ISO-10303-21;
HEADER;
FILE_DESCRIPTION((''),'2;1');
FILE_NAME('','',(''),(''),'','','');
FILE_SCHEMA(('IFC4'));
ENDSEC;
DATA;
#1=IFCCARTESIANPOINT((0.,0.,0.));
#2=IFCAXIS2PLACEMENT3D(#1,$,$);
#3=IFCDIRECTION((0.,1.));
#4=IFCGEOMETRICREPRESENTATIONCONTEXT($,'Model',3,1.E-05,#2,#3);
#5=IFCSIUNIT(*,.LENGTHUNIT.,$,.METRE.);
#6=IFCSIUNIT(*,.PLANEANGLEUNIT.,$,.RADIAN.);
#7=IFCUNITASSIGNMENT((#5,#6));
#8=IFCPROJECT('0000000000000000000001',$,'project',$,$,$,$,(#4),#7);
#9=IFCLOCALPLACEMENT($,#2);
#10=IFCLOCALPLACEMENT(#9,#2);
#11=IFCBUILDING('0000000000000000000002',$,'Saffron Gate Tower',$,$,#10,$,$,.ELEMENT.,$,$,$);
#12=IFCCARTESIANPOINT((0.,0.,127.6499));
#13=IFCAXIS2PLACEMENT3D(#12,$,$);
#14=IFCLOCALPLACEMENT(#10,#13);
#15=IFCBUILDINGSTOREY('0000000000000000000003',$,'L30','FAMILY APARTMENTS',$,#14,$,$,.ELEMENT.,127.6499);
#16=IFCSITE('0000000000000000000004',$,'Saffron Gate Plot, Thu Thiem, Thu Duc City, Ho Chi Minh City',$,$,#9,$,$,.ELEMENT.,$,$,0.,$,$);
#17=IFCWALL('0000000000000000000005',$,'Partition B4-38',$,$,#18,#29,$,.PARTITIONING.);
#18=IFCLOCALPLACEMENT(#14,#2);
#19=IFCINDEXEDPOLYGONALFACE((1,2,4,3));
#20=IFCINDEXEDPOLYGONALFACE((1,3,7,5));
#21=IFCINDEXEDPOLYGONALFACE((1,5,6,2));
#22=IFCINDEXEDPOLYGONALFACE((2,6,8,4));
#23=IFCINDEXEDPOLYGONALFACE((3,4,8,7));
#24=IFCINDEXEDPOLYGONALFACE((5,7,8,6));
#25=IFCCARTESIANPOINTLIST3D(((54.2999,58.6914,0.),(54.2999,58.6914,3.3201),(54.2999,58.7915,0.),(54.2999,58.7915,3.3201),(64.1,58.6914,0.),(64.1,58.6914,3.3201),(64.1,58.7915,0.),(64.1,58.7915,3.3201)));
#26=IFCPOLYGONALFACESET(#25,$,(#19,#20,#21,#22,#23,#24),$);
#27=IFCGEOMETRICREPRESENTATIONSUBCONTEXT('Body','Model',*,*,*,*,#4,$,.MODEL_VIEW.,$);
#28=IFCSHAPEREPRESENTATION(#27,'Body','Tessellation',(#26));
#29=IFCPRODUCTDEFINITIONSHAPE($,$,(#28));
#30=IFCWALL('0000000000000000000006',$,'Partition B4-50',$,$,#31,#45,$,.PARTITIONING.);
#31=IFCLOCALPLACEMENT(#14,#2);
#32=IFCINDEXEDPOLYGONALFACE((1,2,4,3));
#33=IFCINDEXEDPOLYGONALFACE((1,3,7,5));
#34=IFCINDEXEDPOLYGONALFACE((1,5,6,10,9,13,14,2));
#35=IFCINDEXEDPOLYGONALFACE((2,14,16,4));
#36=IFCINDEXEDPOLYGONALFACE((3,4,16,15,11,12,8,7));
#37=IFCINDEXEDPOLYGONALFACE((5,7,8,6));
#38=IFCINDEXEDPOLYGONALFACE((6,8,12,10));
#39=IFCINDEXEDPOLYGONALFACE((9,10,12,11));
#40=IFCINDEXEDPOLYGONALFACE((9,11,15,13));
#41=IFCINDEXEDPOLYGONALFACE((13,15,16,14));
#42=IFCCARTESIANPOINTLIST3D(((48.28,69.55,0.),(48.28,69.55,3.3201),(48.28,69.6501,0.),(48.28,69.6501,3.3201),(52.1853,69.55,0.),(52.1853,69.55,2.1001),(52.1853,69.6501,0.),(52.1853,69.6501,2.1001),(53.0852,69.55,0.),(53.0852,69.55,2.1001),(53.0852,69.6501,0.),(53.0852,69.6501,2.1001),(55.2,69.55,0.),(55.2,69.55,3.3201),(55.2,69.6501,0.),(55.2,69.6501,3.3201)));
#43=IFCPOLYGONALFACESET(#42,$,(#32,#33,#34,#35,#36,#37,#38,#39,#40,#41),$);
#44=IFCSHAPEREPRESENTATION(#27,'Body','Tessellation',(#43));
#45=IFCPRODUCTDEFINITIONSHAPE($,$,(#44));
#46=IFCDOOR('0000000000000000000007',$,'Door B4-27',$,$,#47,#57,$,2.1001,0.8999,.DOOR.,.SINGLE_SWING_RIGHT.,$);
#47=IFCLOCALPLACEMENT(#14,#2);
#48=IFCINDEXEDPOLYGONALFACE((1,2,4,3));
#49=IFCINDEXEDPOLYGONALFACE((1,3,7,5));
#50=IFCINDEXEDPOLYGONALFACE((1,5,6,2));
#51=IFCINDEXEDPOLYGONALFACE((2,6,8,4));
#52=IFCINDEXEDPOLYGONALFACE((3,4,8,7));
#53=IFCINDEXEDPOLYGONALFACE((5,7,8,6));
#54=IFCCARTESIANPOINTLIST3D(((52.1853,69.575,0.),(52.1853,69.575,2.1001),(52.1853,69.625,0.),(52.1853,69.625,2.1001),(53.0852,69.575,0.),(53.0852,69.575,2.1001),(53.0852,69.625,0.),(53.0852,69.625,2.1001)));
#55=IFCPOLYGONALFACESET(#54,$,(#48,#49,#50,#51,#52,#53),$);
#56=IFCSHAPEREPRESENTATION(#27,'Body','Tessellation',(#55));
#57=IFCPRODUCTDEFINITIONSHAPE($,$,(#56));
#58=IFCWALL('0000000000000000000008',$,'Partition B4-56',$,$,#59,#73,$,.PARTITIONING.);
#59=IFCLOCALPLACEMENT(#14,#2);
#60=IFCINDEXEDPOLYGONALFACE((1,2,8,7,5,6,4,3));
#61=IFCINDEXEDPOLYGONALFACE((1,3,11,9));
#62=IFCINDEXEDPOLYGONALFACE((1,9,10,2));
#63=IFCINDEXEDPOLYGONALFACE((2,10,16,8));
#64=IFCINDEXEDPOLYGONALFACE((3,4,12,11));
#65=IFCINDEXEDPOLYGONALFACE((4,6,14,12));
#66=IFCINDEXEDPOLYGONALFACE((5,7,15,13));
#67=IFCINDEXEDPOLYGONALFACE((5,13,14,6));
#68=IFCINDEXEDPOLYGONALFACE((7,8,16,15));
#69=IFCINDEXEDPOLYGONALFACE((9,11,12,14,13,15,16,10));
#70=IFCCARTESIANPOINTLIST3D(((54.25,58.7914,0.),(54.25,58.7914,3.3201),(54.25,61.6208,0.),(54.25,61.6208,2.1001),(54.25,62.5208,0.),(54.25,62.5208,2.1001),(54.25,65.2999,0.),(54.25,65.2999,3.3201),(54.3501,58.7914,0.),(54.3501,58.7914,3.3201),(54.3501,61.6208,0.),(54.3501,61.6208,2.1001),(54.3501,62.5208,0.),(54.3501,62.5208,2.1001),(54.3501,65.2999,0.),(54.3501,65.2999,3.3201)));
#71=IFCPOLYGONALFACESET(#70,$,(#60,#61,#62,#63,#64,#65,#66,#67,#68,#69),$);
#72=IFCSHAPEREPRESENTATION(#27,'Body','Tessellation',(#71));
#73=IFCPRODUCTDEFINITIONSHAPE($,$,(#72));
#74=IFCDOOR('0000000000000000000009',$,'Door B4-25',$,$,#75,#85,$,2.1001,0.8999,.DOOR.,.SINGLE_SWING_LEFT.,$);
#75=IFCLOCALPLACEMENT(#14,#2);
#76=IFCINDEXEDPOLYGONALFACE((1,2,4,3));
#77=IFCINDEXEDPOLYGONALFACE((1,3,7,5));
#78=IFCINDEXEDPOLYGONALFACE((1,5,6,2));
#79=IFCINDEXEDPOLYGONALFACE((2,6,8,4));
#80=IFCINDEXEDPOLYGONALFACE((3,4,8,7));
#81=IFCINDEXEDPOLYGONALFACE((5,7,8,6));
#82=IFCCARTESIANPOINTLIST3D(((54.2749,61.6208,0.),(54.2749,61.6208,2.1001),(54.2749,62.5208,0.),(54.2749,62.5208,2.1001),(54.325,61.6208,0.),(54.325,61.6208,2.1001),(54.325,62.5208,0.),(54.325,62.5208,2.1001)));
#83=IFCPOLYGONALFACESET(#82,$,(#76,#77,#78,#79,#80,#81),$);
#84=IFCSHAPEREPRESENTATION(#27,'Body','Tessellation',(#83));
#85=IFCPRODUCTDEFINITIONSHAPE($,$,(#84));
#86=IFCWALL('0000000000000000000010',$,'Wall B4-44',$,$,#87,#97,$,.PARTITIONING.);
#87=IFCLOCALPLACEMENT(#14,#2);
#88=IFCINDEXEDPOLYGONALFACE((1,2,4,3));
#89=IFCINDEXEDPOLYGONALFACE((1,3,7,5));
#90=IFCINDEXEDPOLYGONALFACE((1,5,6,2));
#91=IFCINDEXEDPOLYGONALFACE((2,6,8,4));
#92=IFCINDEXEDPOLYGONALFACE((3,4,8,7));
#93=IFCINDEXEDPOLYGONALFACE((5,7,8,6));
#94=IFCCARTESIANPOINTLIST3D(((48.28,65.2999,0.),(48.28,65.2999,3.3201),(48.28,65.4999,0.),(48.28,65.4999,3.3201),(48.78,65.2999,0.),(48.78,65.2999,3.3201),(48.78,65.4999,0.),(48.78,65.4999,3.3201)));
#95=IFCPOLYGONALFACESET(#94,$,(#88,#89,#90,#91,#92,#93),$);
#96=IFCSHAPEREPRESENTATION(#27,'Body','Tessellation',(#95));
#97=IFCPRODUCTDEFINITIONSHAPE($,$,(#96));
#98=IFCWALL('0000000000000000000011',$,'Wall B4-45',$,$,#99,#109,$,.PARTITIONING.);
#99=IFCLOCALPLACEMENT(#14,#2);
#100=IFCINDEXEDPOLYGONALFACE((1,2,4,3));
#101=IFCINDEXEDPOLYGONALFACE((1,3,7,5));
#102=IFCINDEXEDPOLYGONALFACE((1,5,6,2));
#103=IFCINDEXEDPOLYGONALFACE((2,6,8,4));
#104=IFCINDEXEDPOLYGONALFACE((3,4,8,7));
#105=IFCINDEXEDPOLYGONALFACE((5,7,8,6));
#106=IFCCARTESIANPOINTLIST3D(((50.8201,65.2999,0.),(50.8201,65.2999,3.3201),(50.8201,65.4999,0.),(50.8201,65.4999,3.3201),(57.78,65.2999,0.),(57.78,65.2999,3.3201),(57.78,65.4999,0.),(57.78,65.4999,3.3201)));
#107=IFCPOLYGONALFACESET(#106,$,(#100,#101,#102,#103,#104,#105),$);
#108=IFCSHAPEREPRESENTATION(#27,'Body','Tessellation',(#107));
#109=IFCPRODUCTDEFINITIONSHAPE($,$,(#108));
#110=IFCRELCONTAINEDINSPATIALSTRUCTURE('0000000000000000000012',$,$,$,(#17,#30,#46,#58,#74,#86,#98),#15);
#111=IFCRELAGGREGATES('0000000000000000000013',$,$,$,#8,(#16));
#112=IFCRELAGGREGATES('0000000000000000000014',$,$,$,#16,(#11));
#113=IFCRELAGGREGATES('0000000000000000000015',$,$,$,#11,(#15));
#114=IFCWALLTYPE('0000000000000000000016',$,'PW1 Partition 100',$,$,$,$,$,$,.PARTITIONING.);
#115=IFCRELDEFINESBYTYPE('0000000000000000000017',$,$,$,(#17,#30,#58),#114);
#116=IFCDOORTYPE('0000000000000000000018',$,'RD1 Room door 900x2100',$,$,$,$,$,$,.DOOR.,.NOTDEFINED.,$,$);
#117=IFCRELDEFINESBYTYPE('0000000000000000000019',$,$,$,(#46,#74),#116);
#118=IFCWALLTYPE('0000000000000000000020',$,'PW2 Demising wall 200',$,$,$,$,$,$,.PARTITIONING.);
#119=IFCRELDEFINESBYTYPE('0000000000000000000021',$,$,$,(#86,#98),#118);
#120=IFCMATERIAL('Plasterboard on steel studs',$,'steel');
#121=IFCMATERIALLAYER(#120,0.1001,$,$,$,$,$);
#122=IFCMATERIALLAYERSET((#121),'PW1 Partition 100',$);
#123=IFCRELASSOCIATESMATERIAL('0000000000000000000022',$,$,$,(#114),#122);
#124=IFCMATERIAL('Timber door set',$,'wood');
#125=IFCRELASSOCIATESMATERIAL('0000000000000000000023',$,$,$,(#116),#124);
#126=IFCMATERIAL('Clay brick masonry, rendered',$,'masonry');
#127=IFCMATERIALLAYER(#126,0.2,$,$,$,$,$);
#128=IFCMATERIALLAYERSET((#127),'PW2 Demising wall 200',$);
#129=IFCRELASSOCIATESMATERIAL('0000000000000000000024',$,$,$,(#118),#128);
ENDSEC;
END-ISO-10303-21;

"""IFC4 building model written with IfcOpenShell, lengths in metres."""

from ifc_helpers import new_model, si_unit, direction, frame, frame_2d, origin, place, context, subcontext, project, spatial, rectangle, extrude, material, layer, layer_set, type_object, element, fill, save


model = new_model("IFC4")

# Units and contexts
model_context = context("Model", 3, precision=1e-05, world=origin(), true_north=direction((0.0, 1.0)))
body_context = subcontext(model_context, "Body", "Model", "MODEL_VIEW")
ifc_project = project(units=[si_unit("LENGTHUNIT", "METRE"), si_unit("PLANEANGLEUNIT", "RADIAN")], contexts=[model_context])

# Site, building, storey
site_placement = place(None, origin())
site = spatial("IfcSite", under=ifc_project, at=site_placement, Name="Saffron Gate Plot, Thu Thiem, Thu Duc City, Ho Chi Minh City", CompositionType="ELEMENT", RefElevation=0.0)
building_placement = place(site_placement, origin())
building = spatial("IfcBuilding", under=site, at=building_placement, Name="Saffron Gate Tower", CompositionType="ELEMENT")
storey_placement = place(building_placement, frame((0.0, 0.0, 127.6499)))
storey = spatial("IfcBuildingStorey", under=building, at=storey_placement, Name="L30", Description="FAMILY APARTMENTS", CompositionType="ELEMENT", Elevation=127.6499)

# Wall
ifc_material_1 = material(Name="Plasterboard on steel studs", Category="steel")
ifc_layer_1 = layer(ifc_material_1, 0.1001)
ifc_layer_set_1 = layer_set([ifc_layer_1], Name="PW1 Partition 100")
wall_type_1 = type_object("IfcWallType", Name="PW1 Partition 100", PredefinedType="PARTITIONING", material=ifc_layer_set_1)
wall_1_placement = place(storey_placement, frame((54.3, 58.7415, 0.0), z_axis=(0.0, 0.0, 1.0), x_axis=(1.0, 0.0, 0.0)))
element("IfcWall", 1, at=wall_1_placement, inside=storey, type_object=wall_type_1, Name="Partition B4-38", PredefinedType="PARTITIONING", context=body_context, shape_type="SweptSolid", body=[
    extrude(rectangle(XDim=9.8, YDim=0.1001, at=frame_2d((4.8999, 0.0))), origin(), (0.0, 0.0, 1.0), 3.3201),
])

# Walls, openings, doors
wall_2_placement = place(storey_placement, frame((48.28, 69.6001, 0.0), z_axis=(0.0, 0.0, 1.0), x_axis=(1.0, 0.0, 0.0)))
wall_2 = element("IfcWall", 2, at=wall_2_placement, inside=storey, type_object=wall_type_1, Name="Partition B4-50", PredefinedType="PARTITIONING", context=body_context, shape_type="SweptSolid", body=[
    extrude(rectangle(XDim=6.9199, YDim=0.1001, at=frame_2d((3.46, 0.0))), origin(), (0.0, 0.0, 1.0), 3.3201),
])
opening_1_placement = place(wall_2_placement, frame((3.9053, 0.0, 0.0)))
opening_1 = element("IfcOpeningElement", 3, at=opening_1_placement, cuts=wall_2, PredefinedType="OPENING", context=body_context, shape_type="SweptSolid", body=[
    extrude(rectangle(XDim=0.8999, YDim=2.1001, at=frame_2d((0.45, 1.05))), frame((0.0, 0.0601, 0.0), z_axis=(0.0, -1.0, 0.0), x_axis=(1.0, 0.0, 0.0)), (0.0, 0.0, 1.0), 0.1201),
])
ifc_material_2 = material(Name="Timber door set", Category="wood")
door_type = type_object("IfcDoorType", Name="RD1 Room door 900x2100", OperationType="NOTDEFINED", PredefinedType="DOOR", material=ifc_material_2)
door_1_placement = place(opening_1_placement, origin())
door_1 = element("IfcDoor", 4, at=door_1_placement, inside=storey, type_object=door_type, Name="Door B4-27", OperationType="SINGLE_SWING_RIGHT", OverallHeight=2.1001, OverallWidth=0.8999, PredefinedType="DOOR", context=body_context, shape_type="SweptSolid", body=[
    extrude(rectangle(XDim=0.8999, YDim=2.1001, at=frame_2d((0.45, 1.05))), frame((0.0, 0.0249, 0.0), z_axis=(0.0, -1.0, 0.0), x_axis=(1.0, 0.0, 0.0)), (0.0, 0.0, 1.0), 0.05),
])
fill(opening_1, door_1)
wall_3_placement = place(storey_placement, frame((54.3, 65.3, 0.0), z_axis=(0.0, 0.0, 1.0), x_axis=(0.0, -1.0, 0.0)))
wall_3 = element("IfcWall", 5, at=wall_3_placement, inside=storey, type_object=wall_type_1, Name="Partition B4-56", PredefinedType="PARTITIONING", context=body_context, shape_type="SweptSolid", body=[
    extrude(rectangle(XDim=6.5085, YDim=0.1001, at=frame_2d((3.2544, 0.0))), origin(), (0.0, 0.0, 1.0), 3.3201),
])
opening_2_placement = place(wall_3_placement, frame((2.7793, 0.0, 0.0)))
opening_2 = element("IfcOpeningElement", 6, at=opening_2_placement, cuts=wall_3, PredefinedType="OPENING", context=body_context, shape_type="SweptSolid", body=[
    extrude(rectangle(XDim=0.8999, YDim=2.1001, at=frame_2d((0.45, 1.05))), frame((0.0, 0.0601, 0.0), z_axis=(0.0, -1.0, 0.0), x_axis=(1.0, 0.0, 0.0)), (0.0, 0.0, 1.0), 0.1201),
])
door_2_placement = place(opening_2_placement, origin())
door_2 = element("IfcDoor", 7, at=door_2_placement, inside=storey, type_object=door_type, Name="Door B4-25", OperationType="SINGLE_SWING_LEFT", OverallHeight=2.1001, OverallWidth=0.8999, PredefinedType="DOOR", context=body_context, shape_type="SweptSolid", body=[
    extrude(rectangle(XDim=0.8999, YDim=2.1001, at=frame_2d((0.45, 1.05))), frame((0.0, 0.0249, 0.0), z_axis=(0.0, -1.0, 0.0), x_axis=(1.0, 0.0, 0.0)), (0.0, 0.0, 1.0), 0.05),
])
fill(opening_2, door_2)

# Walls
ifc_material_3 = material(Name="Clay brick masonry, rendered", Category="masonry")
ifc_layer_2 = layer(ifc_material_3, 0.2)
ifc_layer_set_2 = layer_set([ifc_layer_2], Name="PW2 Demising wall 200")
wall_type_2 = type_object("IfcWallType", Name="PW2 Demising wall 200", PredefinedType="PARTITIONING", material=ifc_layer_set_2)
wall_4_placement = place(storey_placement, frame((48.28, 65.3999, 0.0), z_axis=(0.0, 0.0, 1.0), x_axis=(1.0, 0.0, 0.0)))
element("IfcWall", 8, at=wall_4_placement, inside=storey, type_object=wall_type_2, Name="Wall B4-44", PredefinedType="PARTITIONING", context=body_context, shape_type="SweptSolid", body=[
    extrude(rectangle(XDim=0.5, YDim=0.2, at=frame_2d((0.25, 0.0))), origin(), (0.0, 0.0, 1.0), 3.3201),
])
wall_5_placement = place(storey_placement, frame((50.8201, 65.3999, 0.0), z_axis=(0.0, 0.0, 1.0), x_axis=(1.0, 0.0, 0.0)))
element("IfcWall", 9, at=wall_5_placement, inside=storey, type_object=wall_type_2, Name="Wall B4-45", PredefinedType="PARTITIONING", context=body_context, shape_type="SweptSolid", body=[
    extrude(rectangle(XDim=6.96, YDim=0.2, at=frame_2d((3.48, 0.0))), origin(), (0.0, 0.0, 1.0), 3.3201),
])

save(model, "model.ifc")
